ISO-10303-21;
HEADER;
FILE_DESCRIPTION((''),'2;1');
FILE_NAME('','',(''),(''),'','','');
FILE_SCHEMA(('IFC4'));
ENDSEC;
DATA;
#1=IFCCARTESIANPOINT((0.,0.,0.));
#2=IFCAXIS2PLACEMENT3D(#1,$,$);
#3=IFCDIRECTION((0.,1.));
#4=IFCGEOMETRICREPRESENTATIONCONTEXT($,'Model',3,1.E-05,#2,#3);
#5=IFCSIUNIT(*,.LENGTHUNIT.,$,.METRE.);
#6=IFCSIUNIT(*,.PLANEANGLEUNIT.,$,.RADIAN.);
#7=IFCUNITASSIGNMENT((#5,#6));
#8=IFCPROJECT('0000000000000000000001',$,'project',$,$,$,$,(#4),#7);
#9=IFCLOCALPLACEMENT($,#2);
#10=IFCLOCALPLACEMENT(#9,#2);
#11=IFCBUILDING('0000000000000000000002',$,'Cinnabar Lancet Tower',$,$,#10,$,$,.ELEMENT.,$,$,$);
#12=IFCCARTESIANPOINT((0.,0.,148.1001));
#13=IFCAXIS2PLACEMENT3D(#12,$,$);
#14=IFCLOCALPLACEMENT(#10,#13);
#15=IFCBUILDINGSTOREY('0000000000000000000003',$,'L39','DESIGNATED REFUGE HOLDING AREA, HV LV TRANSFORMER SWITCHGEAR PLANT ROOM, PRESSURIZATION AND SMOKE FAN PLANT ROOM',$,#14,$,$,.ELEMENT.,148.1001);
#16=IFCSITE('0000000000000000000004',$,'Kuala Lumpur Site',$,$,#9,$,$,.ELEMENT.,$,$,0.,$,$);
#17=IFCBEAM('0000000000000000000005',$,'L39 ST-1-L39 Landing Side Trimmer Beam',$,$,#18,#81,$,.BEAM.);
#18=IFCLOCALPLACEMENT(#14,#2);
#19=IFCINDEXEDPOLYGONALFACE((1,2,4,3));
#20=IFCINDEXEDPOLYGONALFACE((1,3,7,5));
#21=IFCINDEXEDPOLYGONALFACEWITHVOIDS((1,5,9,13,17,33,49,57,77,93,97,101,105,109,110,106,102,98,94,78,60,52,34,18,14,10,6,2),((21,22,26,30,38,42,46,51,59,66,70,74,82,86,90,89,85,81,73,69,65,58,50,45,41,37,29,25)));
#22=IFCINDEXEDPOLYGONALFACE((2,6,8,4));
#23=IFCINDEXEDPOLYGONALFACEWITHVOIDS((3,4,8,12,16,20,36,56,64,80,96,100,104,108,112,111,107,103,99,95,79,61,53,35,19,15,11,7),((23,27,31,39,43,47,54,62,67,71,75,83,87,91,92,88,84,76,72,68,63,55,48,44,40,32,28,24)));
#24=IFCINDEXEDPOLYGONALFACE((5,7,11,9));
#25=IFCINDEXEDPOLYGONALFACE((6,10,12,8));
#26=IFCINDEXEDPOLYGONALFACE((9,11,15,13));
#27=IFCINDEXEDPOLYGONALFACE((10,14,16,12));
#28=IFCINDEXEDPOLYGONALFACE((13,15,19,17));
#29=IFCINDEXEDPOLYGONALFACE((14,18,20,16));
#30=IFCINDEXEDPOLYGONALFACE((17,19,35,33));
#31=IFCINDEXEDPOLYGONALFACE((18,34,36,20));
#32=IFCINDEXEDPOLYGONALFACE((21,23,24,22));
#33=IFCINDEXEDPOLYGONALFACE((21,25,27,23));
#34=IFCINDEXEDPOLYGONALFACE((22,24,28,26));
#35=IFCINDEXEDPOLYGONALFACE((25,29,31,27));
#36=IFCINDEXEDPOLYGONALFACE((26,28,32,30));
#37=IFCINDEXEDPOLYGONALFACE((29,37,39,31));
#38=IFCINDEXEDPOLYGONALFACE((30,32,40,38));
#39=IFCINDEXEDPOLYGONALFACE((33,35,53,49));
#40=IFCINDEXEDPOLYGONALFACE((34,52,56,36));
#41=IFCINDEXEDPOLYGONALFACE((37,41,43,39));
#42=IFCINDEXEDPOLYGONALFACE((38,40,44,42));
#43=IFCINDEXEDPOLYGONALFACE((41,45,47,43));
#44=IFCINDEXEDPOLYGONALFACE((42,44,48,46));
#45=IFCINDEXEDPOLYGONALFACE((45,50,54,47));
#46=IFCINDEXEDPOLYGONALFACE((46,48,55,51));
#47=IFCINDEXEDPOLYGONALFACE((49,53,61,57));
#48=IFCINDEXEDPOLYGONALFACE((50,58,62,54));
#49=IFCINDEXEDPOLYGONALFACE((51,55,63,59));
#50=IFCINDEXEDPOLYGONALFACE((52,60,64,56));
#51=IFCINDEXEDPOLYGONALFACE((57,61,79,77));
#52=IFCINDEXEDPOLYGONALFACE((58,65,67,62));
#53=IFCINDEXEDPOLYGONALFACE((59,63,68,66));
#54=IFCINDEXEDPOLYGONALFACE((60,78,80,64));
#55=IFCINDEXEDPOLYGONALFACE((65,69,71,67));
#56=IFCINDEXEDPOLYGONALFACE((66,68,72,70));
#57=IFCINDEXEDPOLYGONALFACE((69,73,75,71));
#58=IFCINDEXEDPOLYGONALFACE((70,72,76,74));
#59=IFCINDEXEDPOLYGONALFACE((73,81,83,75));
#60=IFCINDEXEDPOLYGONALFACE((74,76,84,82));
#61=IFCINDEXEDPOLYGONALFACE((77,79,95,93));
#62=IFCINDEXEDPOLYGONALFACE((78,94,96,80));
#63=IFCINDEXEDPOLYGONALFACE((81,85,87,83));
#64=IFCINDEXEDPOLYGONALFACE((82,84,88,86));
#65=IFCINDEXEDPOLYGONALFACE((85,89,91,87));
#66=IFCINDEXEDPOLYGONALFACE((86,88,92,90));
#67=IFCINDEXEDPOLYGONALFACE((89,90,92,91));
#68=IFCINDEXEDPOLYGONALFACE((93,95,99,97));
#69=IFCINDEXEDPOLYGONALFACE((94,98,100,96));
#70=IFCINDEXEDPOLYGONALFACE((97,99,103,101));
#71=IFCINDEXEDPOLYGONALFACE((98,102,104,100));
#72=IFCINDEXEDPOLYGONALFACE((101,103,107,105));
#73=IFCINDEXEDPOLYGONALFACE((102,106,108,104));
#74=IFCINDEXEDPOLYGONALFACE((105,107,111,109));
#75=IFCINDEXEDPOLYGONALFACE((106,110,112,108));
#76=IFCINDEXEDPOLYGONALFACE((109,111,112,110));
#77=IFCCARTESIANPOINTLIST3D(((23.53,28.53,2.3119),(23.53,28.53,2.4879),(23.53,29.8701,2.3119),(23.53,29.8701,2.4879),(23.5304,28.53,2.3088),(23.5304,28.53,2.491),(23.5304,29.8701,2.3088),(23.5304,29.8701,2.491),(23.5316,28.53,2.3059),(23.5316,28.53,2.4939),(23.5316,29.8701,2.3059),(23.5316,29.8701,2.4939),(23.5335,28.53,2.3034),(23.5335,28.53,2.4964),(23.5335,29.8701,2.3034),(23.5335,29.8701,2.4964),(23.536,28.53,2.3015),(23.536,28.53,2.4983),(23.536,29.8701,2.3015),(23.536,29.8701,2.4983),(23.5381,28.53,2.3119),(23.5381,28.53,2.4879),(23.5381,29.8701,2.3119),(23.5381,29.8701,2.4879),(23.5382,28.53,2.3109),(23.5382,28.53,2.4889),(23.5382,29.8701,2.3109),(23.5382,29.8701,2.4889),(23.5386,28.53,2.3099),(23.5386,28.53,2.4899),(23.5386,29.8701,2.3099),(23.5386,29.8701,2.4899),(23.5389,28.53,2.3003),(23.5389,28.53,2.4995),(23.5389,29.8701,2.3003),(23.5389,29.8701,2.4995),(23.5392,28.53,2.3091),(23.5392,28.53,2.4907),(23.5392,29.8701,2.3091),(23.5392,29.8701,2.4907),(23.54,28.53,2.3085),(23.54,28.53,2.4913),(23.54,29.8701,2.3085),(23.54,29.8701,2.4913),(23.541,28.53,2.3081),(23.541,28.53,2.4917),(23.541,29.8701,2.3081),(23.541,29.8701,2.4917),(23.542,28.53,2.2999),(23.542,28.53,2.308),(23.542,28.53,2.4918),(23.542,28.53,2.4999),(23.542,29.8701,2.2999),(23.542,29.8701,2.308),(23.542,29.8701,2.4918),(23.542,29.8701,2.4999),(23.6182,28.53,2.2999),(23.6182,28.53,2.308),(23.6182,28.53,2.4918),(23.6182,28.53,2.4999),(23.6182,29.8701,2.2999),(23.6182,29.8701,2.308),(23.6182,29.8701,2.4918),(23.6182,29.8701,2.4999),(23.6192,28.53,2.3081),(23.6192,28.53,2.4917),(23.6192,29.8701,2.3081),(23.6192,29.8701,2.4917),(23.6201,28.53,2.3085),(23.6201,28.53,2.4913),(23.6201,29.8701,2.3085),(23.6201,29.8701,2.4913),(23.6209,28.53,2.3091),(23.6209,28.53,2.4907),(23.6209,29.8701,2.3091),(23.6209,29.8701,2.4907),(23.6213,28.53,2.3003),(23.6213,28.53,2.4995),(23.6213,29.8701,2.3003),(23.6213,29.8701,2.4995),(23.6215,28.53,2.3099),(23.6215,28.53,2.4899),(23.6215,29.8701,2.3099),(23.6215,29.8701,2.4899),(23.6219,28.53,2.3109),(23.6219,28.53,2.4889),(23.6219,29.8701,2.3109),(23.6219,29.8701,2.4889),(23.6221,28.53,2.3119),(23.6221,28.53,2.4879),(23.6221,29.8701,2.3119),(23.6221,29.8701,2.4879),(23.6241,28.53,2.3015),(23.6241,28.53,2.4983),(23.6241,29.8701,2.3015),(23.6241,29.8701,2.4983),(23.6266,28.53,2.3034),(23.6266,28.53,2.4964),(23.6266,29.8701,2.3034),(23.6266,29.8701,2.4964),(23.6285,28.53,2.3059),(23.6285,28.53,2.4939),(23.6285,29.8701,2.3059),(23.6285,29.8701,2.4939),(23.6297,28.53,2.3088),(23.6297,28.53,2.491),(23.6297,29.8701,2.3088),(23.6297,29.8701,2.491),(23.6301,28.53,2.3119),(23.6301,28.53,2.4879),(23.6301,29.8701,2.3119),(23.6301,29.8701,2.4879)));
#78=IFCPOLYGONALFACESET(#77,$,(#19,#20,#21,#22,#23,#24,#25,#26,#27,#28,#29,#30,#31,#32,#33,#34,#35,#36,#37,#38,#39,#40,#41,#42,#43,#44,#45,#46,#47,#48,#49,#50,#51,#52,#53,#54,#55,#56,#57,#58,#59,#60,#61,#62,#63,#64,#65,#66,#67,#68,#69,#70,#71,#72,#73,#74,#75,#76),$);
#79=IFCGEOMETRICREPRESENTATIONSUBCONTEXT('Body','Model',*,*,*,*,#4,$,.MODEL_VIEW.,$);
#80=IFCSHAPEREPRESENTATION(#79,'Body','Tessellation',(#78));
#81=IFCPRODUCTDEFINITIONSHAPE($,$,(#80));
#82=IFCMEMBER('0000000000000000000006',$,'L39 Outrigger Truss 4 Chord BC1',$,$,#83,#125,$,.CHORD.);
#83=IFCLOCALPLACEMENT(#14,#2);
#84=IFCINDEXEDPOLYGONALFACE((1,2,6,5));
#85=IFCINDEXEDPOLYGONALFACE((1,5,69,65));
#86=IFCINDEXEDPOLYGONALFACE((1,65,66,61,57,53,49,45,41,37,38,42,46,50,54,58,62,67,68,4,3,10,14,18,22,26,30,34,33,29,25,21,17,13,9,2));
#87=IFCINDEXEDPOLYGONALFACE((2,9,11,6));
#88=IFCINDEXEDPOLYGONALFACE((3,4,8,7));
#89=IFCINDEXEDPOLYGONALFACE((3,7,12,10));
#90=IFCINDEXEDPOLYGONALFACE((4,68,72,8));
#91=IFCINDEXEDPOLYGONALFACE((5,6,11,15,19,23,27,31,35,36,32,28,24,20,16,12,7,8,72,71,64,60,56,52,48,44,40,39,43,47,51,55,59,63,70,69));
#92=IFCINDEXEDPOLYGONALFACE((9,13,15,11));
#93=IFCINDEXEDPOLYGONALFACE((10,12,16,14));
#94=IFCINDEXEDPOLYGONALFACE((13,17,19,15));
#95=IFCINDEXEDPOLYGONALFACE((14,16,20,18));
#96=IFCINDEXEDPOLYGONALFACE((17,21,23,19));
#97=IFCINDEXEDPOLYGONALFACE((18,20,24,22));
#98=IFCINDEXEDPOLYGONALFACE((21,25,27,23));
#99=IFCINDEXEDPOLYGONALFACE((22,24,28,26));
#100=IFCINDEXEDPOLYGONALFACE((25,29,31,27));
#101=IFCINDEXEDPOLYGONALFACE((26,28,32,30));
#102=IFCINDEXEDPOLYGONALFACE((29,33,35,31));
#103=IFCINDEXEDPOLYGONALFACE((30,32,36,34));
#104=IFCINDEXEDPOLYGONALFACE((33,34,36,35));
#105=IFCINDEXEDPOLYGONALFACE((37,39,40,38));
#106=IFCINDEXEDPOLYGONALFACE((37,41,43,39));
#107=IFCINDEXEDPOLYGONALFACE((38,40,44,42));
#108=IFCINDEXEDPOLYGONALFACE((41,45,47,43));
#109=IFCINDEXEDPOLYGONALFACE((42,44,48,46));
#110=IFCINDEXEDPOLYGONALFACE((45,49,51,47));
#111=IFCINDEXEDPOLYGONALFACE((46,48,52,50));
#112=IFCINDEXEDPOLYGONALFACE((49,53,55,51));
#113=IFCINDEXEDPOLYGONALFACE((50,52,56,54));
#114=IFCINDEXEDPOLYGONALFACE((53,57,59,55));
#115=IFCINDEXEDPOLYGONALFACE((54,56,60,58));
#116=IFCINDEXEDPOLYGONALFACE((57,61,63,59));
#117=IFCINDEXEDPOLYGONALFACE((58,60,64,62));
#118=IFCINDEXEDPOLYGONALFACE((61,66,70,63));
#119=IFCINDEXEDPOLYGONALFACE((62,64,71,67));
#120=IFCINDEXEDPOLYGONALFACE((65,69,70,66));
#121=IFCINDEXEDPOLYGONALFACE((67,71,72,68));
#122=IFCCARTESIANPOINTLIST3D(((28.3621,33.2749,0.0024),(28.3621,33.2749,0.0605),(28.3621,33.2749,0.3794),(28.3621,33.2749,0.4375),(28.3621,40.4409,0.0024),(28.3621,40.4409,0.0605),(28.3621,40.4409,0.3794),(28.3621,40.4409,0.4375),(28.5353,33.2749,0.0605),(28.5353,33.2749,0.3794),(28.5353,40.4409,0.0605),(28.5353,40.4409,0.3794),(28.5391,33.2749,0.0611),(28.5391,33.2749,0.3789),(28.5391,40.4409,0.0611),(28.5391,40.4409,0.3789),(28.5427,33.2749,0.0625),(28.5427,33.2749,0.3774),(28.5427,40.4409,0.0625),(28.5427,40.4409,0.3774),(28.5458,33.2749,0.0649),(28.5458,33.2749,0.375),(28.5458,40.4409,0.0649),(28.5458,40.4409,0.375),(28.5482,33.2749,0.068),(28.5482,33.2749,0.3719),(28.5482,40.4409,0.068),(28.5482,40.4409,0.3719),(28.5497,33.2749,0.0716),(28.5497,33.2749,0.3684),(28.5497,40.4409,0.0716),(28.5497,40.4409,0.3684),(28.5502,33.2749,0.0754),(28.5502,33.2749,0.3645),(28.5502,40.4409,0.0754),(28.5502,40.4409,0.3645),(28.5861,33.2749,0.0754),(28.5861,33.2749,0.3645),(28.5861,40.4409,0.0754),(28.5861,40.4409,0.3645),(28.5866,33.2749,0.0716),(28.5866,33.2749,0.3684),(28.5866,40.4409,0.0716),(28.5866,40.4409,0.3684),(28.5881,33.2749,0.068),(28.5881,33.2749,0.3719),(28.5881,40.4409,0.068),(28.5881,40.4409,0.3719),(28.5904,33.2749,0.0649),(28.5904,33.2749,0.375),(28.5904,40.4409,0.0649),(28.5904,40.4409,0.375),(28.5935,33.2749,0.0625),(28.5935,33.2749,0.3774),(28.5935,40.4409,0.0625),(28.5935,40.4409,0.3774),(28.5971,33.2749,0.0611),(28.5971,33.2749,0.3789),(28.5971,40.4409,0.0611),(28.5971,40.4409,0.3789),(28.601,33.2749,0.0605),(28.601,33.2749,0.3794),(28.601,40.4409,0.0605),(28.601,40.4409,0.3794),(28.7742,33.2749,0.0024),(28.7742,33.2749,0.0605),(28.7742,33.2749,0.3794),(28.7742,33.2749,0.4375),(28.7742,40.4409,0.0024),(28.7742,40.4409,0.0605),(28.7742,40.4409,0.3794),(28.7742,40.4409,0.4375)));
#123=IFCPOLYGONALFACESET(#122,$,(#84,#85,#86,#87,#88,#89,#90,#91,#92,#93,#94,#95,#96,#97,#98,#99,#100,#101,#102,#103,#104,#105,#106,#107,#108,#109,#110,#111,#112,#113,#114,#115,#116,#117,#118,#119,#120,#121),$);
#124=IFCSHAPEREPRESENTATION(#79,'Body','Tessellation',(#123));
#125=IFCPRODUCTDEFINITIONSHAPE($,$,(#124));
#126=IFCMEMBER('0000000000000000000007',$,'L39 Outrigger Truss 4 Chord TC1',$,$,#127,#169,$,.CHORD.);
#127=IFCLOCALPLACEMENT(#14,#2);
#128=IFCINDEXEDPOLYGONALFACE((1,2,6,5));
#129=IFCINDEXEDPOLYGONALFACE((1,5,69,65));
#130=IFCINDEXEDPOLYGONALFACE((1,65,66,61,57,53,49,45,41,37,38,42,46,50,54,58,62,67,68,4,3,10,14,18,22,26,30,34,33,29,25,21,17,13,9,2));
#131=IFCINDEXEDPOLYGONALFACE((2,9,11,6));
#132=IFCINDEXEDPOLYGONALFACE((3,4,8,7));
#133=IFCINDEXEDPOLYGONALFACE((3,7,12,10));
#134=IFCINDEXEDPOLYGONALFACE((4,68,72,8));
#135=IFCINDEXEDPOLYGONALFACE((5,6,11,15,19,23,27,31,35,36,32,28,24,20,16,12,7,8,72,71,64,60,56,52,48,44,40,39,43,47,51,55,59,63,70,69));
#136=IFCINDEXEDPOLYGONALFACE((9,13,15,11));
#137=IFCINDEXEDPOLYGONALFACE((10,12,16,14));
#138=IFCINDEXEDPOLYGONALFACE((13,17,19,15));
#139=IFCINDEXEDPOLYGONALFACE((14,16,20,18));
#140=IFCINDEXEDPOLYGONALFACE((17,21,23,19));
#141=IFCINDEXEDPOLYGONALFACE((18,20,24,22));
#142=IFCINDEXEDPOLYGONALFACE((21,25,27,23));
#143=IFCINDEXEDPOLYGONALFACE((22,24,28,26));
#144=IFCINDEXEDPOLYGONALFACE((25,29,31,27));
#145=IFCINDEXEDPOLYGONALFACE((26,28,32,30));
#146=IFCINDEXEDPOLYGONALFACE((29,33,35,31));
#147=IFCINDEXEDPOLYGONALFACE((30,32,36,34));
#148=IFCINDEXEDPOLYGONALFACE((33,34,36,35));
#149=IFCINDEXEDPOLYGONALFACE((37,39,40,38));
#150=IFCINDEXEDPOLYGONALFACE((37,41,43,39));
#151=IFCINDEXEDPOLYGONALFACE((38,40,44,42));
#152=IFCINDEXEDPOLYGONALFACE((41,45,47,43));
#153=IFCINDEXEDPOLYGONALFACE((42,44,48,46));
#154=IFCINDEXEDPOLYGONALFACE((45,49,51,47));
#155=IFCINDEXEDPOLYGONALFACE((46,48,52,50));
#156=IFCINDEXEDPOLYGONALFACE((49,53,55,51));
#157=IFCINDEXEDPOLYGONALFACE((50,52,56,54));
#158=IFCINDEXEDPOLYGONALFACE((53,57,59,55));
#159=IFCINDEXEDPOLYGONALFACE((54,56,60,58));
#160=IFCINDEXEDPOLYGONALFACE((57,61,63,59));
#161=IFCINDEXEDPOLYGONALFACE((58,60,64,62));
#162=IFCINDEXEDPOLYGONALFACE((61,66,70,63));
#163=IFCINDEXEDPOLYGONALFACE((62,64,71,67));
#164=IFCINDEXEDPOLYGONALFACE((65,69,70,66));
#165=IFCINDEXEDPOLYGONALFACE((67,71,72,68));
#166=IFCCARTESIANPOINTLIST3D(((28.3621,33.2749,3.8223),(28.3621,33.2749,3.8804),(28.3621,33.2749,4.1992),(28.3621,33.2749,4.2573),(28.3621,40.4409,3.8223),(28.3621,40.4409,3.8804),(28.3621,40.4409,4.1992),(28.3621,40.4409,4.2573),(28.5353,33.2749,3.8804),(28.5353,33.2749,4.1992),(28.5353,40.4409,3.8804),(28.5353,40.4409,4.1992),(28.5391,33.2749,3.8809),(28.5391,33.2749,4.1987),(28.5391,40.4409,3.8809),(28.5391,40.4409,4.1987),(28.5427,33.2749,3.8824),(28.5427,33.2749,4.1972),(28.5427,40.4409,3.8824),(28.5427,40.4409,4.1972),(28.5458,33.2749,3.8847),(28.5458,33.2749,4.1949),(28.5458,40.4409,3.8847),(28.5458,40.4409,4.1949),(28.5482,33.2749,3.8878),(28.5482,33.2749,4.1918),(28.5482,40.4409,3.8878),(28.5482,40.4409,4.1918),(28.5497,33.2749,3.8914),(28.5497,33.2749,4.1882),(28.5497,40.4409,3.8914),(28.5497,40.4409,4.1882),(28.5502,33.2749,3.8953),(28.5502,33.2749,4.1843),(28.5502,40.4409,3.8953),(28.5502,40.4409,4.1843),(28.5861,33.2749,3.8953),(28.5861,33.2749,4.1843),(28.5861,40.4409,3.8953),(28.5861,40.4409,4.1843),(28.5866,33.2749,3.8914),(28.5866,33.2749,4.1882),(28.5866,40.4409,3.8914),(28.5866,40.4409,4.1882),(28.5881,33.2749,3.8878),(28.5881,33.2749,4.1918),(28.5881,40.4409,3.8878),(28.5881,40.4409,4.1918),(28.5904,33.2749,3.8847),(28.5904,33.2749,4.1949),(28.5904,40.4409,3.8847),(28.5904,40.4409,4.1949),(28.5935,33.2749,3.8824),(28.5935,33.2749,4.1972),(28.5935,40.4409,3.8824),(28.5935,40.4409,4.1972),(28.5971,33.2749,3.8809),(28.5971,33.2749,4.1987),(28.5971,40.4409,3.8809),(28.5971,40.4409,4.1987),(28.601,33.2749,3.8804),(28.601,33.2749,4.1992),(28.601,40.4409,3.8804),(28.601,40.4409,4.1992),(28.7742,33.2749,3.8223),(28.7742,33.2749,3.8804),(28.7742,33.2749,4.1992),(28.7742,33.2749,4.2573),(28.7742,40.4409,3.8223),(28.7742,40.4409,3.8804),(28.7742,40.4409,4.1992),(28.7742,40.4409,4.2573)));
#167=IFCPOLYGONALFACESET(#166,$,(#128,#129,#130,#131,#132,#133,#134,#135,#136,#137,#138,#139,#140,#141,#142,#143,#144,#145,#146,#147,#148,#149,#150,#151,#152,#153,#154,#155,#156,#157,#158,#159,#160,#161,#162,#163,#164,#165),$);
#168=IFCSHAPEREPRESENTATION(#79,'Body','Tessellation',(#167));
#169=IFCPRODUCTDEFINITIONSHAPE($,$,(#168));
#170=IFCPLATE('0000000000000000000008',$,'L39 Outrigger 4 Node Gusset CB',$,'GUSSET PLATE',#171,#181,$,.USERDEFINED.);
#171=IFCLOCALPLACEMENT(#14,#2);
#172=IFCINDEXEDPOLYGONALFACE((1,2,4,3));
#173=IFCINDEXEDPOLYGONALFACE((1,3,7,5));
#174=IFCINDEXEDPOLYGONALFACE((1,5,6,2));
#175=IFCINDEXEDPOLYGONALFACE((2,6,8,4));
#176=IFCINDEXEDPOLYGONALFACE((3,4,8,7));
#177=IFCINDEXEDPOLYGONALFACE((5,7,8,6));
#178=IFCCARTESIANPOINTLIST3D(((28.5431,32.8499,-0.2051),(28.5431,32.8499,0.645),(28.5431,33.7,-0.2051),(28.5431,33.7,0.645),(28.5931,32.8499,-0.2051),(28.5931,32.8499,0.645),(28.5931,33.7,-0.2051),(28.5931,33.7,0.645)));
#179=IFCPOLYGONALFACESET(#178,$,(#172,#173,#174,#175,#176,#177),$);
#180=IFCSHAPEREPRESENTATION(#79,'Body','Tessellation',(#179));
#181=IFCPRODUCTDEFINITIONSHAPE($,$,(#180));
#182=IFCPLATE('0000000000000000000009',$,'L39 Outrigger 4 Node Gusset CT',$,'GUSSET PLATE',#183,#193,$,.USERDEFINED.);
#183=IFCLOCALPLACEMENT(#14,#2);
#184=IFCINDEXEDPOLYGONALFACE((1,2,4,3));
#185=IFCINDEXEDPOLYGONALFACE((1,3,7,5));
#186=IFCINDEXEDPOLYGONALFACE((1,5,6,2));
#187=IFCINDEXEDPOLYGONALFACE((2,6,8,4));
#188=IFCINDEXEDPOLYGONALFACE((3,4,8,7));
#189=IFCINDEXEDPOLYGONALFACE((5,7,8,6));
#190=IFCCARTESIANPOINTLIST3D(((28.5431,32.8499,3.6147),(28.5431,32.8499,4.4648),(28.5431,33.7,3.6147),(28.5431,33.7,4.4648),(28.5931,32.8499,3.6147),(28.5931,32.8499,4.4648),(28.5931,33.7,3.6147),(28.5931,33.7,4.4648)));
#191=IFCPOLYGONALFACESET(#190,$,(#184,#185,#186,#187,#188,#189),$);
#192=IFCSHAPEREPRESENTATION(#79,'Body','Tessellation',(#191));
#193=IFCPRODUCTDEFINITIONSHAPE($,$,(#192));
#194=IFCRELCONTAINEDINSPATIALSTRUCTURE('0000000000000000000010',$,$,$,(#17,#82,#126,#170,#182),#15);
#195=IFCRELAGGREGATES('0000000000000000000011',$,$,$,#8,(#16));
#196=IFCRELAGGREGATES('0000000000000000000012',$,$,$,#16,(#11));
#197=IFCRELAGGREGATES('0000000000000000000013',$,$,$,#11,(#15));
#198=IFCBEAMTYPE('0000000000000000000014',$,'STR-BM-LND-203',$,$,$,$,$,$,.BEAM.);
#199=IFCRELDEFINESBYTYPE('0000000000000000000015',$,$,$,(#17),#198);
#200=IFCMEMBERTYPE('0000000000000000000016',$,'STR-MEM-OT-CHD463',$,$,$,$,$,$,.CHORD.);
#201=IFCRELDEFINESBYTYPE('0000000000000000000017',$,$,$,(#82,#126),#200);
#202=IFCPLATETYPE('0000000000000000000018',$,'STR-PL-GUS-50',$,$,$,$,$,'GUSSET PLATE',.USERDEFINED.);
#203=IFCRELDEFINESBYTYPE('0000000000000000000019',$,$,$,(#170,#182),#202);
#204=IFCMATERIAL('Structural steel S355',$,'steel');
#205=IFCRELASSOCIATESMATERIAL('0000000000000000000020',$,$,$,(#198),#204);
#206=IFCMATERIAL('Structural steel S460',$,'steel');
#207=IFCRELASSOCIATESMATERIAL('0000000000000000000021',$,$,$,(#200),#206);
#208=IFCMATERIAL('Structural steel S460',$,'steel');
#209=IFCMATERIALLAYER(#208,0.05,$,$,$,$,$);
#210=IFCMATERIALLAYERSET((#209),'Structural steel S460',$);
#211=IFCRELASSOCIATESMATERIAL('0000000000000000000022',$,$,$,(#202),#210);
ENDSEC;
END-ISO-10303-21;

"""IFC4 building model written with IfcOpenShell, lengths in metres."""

from ifc_helpers import new_model, si_unit, direction, frame, origin, origin_2d, place, context, subcontext, project, spatial, rectangle, hollow_rectangle, i_section, extrude, material, layer, layer_set, material_profile, profile_set, type_object, element, save


model = new_model("IFC4")

# Units and contexts
model_context = context("Model", 3, precision=1e-05, world=origin(), true_north=direction((0.0, 1.0)))
body_context = subcontext(model_context, "Body", "Model", "MODEL_VIEW")
ifc_project = project(units=[si_unit("LENGTHUNIT", "METRE"), si_unit("PLANEANGLEUNIT", "RADIAN")], contexts=[model_context])

# Site, building, storey
site_placement = place(None, origin())
site = spatial("IfcSite", under=ifc_project, at=site_placement, Name="Kuala Lumpur Site", CompositionType="ELEMENT", RefElevation=0.0)
building_placement = place(site_placement, origin())
building = spatial("IfcBuilding", under=site, at=building_placement, Name="Cinnabar Lancet Tower", CompositionType="ELEMENT")
storey_placement = place(building_placement, frame((0.0, 0.0, 148.1001)))
storey = spatial("IfcBuildingStorey", under=building, at=storey_placement, Name="L39", Description="DESIGNATED REFUGE HOLDING AREA, HV LV TRANSFORMER SWITCHGEAR PLANT ROOM, PRESSURIZATION AND SMOKE FAN PLANT ROOM", CompositionType="ELEMENT", Elevation=148.1001)

# Beam
ifc_material_1 = material(Name="Structural steel S355", Category="steel")
ifc_material_profile_1 = material_profile(ifc_material_1, hollow_rectangle(XDim=0.1001, YDim=0.2, WallThickness=0.0081, InnerFilletRadius=0.0039, OuterFilletRadius=0.012, at=origin_2d()), Name="RHS 200x100x8")
ifc_profile_set_1 = profile_set([ifc_material_profile_1], Name="Structural steel S355")
beam_type = type_object("IfcBeamType", Name="STR-BM-LND-203", PredefinedType="BEAM", material=ifc_profile_set_1)
beam_placement = place(storey_placement, frame((23.5801, 28.53, 2.3999), z_axis=(0.0, 1.0, 0.0), x_axis=(-1.0, 0.0, 0.0)))
element("IfcBeam", 1, at=beam_placement, inside=storey, type_object=beam_type, Name="L39 ST-1-L39 Landing Side Trimmer Beam", PredefinedType="BEAM", context=body_context, shape_type="SweptSolid", body=[
    extrude(hollow_rectangle(XDim=0.1001, YDim=0.2, WallThickness=0.0081, InnerFilletRadius=0.0039, OuterFilletRadius=0.012, at=origin_2d()), origin(), (0.0, 0.0, 1.0), 1.3401),
])

# Members
ifc_material_2 = material(Name="Structural steel S460", Category="steel")
ifc_material_profile_2 = material_profile(ifc_material_2, i_section(OverallWidth=0.4121, OverallDepth=0.4351, WebThickness=0.0359, FlangeThickness=0.0581, FilletRadius=0.0149, at=origin_2d()), Name="HD 400x463")
ifc_profile_set_2 = profile_set([ifc_material_profile_2], Name="Structural steel S460")
member_type = type_object("IfcMemberType", Name="STR-MEM-OT-CHD463", PredefinedType="CHORD", material=ifc_profile_set_2)
for number, where, z_axis, x_axis, name in (
    (2, (28.5681, 33.2749, 0.22), (0.0, 1.0, 0.0), (-1.0, 0.0, 0.0), "L39 Outrigger Truss 4 Chord BC1"),
    (3, (28.5681, 33.2749, 4.0398), (0.0, 1.0, 0.0), (-1.0, 0.0, 0.0), "L39 Outrigger Truss 4 Chord TC1"),
):
    element("IfcMember", number, at=place(storey_placement, frame(where, z_axis=z_axis, x_axis=x_axis)), inside=storey, type_object=member_type, Name=name, PredefinedType="CHORD", context=body_context, shape_type="SweptSolid", body=[
        extrude(i_section(OverallWidth=0.4121, OverallDepth=0.4351, WebThickness=0.0359, FlangeThickness=0.0581, FilletRadius=0.0149, at=origin_2d()), origin(), (0.0, 0.0, 1.0), 7.166),
    ])

# Plates
ifc_material_3 = material(Name="Structural steel S460", Category="steel")
ifc_layer_1 = layer(ifc_material_3, 0.05)
ifc_layer_set_1 = layer_set([ifc_layer_1], Name="Structural steel S460")
plate_type = type_object("IfcPlateType", Name="STR-PL-GUS-50", ElementType="GUSSET PLATE", PredefinedType="USERDEFINED", material=ifc_layer_set_1)
for number, where, z_axis, x_axis, name in (
    (4, (28.5681, 33.2749, -0.2051), (0.0, 0.0, 1.0), (1.0, 0.0, 0.0), "L39 Outrigger 4 Node Gusset CB"),
    (5, (28.5681, 33.2749, 3.6147), (0.0, 0.0, 1.0), (1.0, 0.0, 0.0), "L39 Outrigger 4 Node Gusset CT"),
):
    element("IfcPlate", number, at=place(storey_placement, frame(where, z_axis=z_axis, x_axis=x_axis)), inside=storey, type_object=plate_type, Name=name, ObjectType="GUSSET PLATE", PredefinedType="USERDEFINED", context=body_context, shape_type="SweptSolid", body=[
        extrude(rectangle(XDim=0.05, YDim=0.8501, at=origin_2d()), origin(), (0.0, 0.0, 1.0), 0.8501),
    ])

save(model, "model.ifc")
